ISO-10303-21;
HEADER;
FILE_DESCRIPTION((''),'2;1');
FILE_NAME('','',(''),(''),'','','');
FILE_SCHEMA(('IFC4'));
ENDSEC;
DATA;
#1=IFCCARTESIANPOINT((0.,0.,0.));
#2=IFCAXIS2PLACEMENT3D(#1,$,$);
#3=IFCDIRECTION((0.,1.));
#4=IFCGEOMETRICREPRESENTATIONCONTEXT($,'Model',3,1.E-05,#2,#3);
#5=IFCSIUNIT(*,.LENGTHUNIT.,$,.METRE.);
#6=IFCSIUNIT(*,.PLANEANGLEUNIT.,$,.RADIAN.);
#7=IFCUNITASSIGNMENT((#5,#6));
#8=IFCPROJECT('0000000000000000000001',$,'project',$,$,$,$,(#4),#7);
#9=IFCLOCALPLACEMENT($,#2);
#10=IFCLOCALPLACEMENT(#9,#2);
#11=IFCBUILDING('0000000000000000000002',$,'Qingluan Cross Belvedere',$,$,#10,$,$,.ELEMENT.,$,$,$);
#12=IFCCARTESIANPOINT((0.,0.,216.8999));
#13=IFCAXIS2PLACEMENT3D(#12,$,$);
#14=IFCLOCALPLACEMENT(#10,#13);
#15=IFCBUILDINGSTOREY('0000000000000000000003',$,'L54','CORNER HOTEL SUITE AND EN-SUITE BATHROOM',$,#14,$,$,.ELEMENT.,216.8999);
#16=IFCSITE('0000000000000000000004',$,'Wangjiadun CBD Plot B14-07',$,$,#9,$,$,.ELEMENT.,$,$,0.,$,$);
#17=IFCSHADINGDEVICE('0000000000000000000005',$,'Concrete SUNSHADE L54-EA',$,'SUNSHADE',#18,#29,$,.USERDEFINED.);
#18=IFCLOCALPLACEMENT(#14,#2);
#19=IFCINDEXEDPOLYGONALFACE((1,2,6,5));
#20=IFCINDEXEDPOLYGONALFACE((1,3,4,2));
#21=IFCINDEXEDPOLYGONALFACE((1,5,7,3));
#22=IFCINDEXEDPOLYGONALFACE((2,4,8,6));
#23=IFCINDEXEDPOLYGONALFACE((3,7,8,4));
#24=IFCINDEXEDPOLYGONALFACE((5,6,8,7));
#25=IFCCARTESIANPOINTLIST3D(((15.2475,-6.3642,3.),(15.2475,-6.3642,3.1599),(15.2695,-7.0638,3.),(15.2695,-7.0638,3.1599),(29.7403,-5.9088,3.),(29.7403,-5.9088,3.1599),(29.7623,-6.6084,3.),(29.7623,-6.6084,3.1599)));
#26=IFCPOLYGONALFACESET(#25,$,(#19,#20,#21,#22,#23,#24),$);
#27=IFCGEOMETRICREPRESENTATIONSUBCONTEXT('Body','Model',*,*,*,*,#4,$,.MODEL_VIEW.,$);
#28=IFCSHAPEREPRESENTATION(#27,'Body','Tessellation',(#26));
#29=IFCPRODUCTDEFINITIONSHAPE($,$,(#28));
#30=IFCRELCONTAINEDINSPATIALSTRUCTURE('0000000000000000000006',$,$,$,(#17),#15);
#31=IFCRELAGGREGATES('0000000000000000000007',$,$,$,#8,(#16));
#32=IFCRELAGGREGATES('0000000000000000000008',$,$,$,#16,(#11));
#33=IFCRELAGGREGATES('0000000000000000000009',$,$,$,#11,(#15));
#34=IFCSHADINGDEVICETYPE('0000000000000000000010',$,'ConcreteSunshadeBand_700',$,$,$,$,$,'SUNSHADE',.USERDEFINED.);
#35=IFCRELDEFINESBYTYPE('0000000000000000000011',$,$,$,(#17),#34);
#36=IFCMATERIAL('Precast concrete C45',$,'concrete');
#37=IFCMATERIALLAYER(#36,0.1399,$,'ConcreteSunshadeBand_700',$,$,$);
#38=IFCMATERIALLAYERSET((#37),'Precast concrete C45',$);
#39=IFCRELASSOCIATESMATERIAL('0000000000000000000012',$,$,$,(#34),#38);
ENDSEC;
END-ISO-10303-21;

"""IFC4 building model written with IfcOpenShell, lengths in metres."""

from ifc_helpers import new_model, si_unit, direction, frame, origin, origin_2d, place, context, subcontext, project, spatial, rectangle, extrude, material, layer, layer_set, type_object, element, save


model = new_model("IFC4")

# Units and contexts
model_context = context("Model", 3, precision=1e-05, world=origin(), true_north=direction((0.0, 1.0)))
body_context = subcontext(model_context, "Body", "Model", "MODEL_VIEW")
ifc_project = project(units=[si_unit("LENGTHUNIT", "METRE"), si_unit("PLANEANGLEUNIT", "RADIAN")], contexts=[model_context])

# Site, building, storey
site_placement = place(None, origin())
site = spatial("IfcSite", under=ifc_project, at=site_placement, Name="Wangjiadun CBD Plot B14-07", CompositionType="ELEMENT", RefElevation=0.0)
building_placement = place(site_placement, origin())
building = spatial("IfcBuilding", under=site, at=building_placement, Name="Qingluan Cross Belvedere", CompositionType="ELEMENT")
storey_placement = place(building_placement, frame((0.0, 0.0, 216.8999)))
storey = spatial("IfcBuildingStorey", under=building, at=storey_placement, Name="L54", Description="CORNER HOTEL SUITE AND EN-SUITE BATHROOM", CompositionType="ELEMENT", Elevation=216.8999)

# Shading device
ifc_material_1 = material(Name="Precast concrete C45", Category="concrete")
ifc_layer_1 = layer(ifc_material_1, 0.1399, Name="ConcreteSunshadeBand_700")
ifc_layer_set_1 = layer_set([ifc_layer_1], Name="Precast concrete C45")
shading_device_type = type_object("IfcShadingDeviceType", Name="ConcreteSunshadeBand_700", ElementType="SUNSHADE", PredefinedType="USERDEFINED", material=ifc_layer_set_1)
shading_device_placement = place(storey_placement, frame((22.5049, -6.4863, 3.0), z_axis=(0.0, 0.0, 1.0), x_axis=(0.999507, 0.031408, 0.0)))
element("IfcShadingDevice", 1, at=shading_device_placement, inside=storey, type_object=shading_device_type, Name="Concrete SUNSHADE L54-EA", ObjectType="SUNSHADE", PredefinedType="USERDEFINED", context=body_context, shape_type="SweptSolid", body=[
    extrude(rectangle(XDim=14.5, YDim=0.7, at=origin_2d()), origin(), (0.0, 0.0, 1.0), 0.1599),
])

save(model, "model.ifc")
